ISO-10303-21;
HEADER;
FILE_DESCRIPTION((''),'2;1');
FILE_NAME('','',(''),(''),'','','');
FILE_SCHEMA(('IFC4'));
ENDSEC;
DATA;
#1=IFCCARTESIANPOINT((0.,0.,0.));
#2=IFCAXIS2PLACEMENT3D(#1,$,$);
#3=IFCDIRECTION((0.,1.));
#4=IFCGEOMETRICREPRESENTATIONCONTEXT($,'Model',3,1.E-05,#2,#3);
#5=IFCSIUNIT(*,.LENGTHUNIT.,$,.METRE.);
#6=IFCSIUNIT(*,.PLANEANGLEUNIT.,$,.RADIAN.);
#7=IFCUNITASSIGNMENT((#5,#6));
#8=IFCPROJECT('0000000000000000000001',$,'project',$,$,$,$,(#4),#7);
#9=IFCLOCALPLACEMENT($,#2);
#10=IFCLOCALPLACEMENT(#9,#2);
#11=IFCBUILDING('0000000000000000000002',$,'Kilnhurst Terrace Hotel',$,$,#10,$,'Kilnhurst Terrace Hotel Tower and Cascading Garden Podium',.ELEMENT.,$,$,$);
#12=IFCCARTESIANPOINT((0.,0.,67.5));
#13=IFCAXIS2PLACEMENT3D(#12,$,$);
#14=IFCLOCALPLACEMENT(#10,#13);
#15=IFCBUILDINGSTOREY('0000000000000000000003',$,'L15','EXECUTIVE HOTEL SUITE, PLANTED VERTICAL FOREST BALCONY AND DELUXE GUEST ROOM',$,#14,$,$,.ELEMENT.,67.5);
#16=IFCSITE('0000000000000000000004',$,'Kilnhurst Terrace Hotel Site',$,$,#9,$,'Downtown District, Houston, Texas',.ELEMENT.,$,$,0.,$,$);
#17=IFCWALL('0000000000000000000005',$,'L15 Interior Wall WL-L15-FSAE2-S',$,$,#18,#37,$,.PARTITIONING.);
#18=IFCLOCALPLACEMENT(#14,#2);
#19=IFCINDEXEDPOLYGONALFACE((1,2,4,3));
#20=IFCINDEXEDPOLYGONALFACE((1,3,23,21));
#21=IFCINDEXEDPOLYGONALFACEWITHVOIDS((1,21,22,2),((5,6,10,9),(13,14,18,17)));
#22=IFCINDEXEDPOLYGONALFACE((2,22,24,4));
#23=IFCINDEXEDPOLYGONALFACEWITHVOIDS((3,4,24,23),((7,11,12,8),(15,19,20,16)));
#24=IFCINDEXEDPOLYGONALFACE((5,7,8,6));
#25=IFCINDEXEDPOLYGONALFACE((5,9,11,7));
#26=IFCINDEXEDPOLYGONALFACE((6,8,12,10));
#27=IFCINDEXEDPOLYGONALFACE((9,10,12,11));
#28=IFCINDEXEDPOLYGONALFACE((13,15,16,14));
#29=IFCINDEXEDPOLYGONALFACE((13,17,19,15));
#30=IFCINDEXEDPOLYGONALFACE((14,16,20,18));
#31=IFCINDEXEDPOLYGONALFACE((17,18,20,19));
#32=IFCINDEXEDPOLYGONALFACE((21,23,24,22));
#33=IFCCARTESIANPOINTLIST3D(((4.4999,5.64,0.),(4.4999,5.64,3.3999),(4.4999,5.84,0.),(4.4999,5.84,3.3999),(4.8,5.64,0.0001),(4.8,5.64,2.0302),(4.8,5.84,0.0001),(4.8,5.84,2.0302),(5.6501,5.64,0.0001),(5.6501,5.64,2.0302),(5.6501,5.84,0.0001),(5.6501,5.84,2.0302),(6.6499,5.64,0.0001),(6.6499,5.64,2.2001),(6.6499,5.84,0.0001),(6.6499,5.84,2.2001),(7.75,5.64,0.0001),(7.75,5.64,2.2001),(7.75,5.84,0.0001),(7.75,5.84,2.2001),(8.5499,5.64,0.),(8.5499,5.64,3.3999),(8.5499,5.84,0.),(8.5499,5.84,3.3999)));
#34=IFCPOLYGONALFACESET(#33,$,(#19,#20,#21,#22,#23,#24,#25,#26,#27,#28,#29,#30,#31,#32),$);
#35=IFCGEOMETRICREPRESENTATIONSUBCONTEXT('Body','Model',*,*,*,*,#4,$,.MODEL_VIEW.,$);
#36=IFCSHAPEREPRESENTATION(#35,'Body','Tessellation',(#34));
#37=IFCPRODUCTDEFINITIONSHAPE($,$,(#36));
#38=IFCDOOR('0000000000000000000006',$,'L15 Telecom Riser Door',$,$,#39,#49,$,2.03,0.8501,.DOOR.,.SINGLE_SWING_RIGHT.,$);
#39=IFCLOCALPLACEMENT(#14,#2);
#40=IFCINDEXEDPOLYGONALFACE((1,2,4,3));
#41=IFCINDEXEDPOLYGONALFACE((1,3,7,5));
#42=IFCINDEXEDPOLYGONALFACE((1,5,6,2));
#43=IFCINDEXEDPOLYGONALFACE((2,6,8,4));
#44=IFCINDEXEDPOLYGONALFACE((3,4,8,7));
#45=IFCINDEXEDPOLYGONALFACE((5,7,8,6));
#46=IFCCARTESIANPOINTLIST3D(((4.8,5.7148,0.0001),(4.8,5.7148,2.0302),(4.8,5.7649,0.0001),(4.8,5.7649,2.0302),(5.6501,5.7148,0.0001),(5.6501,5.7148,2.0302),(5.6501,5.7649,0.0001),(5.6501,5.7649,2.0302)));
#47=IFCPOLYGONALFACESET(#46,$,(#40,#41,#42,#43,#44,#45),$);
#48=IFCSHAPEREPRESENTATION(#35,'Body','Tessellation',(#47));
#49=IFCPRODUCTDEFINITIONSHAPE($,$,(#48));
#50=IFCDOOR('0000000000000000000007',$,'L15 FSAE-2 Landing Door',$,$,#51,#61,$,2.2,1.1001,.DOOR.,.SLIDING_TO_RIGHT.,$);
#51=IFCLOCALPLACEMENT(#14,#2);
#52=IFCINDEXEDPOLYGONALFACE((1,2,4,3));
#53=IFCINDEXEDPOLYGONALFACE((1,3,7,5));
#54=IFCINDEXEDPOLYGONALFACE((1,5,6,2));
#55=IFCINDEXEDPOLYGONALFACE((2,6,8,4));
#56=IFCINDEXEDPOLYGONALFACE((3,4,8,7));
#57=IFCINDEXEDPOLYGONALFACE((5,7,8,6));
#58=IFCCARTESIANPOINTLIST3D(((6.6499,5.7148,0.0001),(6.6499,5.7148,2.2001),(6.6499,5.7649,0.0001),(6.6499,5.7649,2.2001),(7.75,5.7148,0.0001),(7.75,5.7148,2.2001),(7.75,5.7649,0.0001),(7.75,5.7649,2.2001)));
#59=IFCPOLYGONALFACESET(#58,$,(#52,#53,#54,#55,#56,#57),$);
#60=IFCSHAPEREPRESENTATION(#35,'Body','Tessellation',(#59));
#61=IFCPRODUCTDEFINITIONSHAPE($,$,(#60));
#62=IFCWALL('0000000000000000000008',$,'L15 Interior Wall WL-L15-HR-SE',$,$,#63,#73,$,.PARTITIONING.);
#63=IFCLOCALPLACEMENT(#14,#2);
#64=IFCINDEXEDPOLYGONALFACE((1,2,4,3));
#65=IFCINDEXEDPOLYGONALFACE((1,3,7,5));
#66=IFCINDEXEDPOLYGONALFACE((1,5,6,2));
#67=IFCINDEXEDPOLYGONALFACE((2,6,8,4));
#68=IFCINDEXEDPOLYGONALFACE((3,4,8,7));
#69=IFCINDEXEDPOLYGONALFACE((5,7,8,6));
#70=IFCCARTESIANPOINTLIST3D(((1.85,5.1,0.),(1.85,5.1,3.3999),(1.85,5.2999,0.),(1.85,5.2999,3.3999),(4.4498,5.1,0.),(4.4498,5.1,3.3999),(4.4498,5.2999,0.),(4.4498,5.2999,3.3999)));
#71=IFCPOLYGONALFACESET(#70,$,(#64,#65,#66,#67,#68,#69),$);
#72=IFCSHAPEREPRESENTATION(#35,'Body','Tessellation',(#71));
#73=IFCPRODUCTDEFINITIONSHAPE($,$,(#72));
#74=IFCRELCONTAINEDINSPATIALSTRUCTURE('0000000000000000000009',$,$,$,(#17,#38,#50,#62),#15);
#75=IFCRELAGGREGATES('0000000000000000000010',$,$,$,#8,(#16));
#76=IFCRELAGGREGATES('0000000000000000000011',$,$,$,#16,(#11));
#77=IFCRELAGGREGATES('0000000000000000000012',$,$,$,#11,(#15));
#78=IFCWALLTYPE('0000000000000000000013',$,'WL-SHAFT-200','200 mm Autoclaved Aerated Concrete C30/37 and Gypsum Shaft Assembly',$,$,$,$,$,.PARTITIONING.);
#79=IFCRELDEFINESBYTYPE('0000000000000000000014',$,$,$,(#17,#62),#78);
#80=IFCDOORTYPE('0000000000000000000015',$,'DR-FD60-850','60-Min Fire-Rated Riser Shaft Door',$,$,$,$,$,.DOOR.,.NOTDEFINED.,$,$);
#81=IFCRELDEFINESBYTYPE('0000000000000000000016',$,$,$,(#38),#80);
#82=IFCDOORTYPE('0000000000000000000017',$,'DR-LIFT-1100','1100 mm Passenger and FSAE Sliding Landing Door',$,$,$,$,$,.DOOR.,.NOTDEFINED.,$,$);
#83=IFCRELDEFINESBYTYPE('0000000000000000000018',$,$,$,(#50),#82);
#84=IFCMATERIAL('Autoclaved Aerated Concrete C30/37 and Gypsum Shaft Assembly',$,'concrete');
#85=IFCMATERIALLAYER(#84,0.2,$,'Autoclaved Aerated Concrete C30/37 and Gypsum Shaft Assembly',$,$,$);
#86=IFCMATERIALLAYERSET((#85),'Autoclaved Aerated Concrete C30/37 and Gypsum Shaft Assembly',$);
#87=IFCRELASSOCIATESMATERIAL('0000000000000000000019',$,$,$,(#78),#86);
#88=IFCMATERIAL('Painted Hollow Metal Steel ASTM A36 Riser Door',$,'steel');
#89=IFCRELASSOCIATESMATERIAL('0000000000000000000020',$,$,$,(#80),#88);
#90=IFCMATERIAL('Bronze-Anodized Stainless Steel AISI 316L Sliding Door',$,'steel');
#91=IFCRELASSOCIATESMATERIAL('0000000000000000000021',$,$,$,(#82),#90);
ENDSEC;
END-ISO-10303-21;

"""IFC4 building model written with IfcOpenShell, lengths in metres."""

from ifc_helpers import new_model, si_unit, direction, frame, frame_2d, origin, place, context, subcontext, project, spatial, rectangle, extrude, material, layer, layer_set, type_object, element, fill, save


model = new_model("IFC4")

# Units and contexts
model_context = context("Model", 3, precision=1e-05, world=origin(), true_north=direction((0.0, 1.0)))
body_context = subcontext(model_context, "Body", "Model", "MODEL_VIEW")
ifc_project = project(units=[si_unit("LENGTHUNIT", "METRE"), si_unit("PLANEANGLEUNIT", "RADIAN")], contexts=[model_context])

# Site, building, storey
site_placement = place(None, origin())
site = spatial("IfcSite", under=ifc_project, at=site_placement, Name="Kilnhurst Terrace Hotel Site", LongName="Downtown District, Houston, Texas", CompositionType="ELEMENT", RefElevation=0.0)
building_placement = place(site_placement, origin())
building = spatial("IfcBuilding", under=site, at=building_placement, Name="Kilnhurst Terrace Hotel", LongName="Kilnhurst Terrace Hotel Tower and Cascading Garden Podium", CompositionType="ELEMENT")
storey_placement = place(building_placement, frame((0.0, 0.0, 67.5)))
storey = spatial("IfcBuildingStorey", under=building, at=storey_placement, Name="L15", Description="EXECUTIVE HOTEL SUITE, PLANTED VERTICAL FOREST BALCONY AND DELUXE GUEST ROOM", CompositionType="ELEMENT", Elevation=67.5)

# Wall, openings, doors
ifc_material_1 = material(Name="Autoclaved Aerated Concrete C30/37 and Gypsum Shaft Assembly", Category="concrete")
ifc_layer_1 = layer(ifc_material_1, 0.2, Name="Autoclaved Aerated Concrete C30/37 and Gypsum Shaft Assembly")
ifc_layer_set_1 = layer_set([ifc_layer_1], Name="Autoclaved Aerated Concrete C30/37 and Gypsum Shaft Assembly")
wall_type_1 = type_object("IfcWallType", Name="WL-SHAFT-200", Description="200 mm Autoclaved Aerated Concrete C30/37 and Gypsum Shaft Assembly", PredefinedType="PARTITIONING", material=ifc_layer_set_1)
wall_1_placement = place(storey_placement, frame((4.5, 5.74, 0.0), z_axis=(0.0, 0.0, 1.0), x_axis=(1.0, 0.0, 0.0)))
wall_1 = element("IfcWall", 1, at=wall_1_placement, inside=storey, type_object=wall_type_1, Name="L15 Interior Wall WL-L15-FSAE2-S", PredefinedType="PARTITIONING", context=body_context, shape_type="SweptSolid", body=[
    extrude(rectangle(XDim=4.05, YDim=0.2, at=frame_2d((2.0249, 0.0))), origin(), (0.0, 0.0, 1.0), 3.3999),
])
opening_1_placement = place(wall_1_placement, frame((0.3, 0.0, 0.0)))
opening_1 = element("IfcOpeningElement", 2, at=opening_1_placement, cuts=wall_1, PredefinedType="OPENING", context=body_context, shape_type="SweptSolid", body=[
    extrude(rectangle(XDim=0.8501, YDim=2.03, at=frame_2d((0.425, 1.0151))), frame((0.0, 0.1099, 0.0), z_axis=(0.0, -1.0, 0.0), x_axis=(1.0, 0.0, 0.0)), (0.0, 0.0, 1.0), 0.22),
])
opening_2_placement = place(wall_1_placement, frame((2.1499, 0.0, 0.0)))
opening_2 = element("IfcOpeningElement", 3, at=opening_2_placement, cuts=wall_1, PredefinedType="OPENING", context=body_context, shape_type="SweptSolid", body=[
    extrude(rectangle(XDim=1.1001, YDim=2.2, at=frame_2d((0.55, 1.1001))), frame((0.0, 0.1099, 0.0), z_axis=(0.0, -1.0, 0.0), x_axis=(1.0, 0.0, 0.0)), (0.0, 0.0, 1.0), 0.22),
])
ifc_material_2 = material(Name="Painted Hollow Metal Steel ASTM A36 Riser Door", Category="steel")
door_type_1 = type_object("IfcDoorType", Name="DR-FD60-850", Description="60-Min Fire-Rated Riser Shaft Door", OperationType="NOTDEFINED", PredefinedType="DOOR", material=ifc_material_2)
door_1_placement = place(opening_1_placement, origin())
door_1 = element("IfcDoor", 4, at=door_1_placement, inside=storey, type_object=door_type_1, Name="L15 Telecom Riser Door", OperationType="SINGLE_SWING_RIGHT", OverallHeight=2.03, OverallWidth=0.8501, PredefinedType="DOOR", context=body_context, shape_type="SweptSolid", body=[
    extrude(rectangle(XDim=0.8501, YDim=2.03, at=frame_2d((0.425, 1.0151))), frame((0.0, 0.0249, 0.0), z_axis=(0.0, -1.0, 0.0), x_axis=(1.0, 0.0, 0.0)), (0.0, 0.0, 1.0), 0.05),
])
fill(opening_1, door_1)
ifc_material_3 = material(Name="Bronze-Anodized Stainless Steel AISI 316L Sliding Door", Category="steel")
door_type_2 = type_object("IfcDoorType", Name="DR-LIFT-1100", Description="1100 mm Passenger and FSAE Sliding Landing Door", OperationType="NOTDEFINED", PredefinedType="DOOR", material=ifc_material_3)
door_2_placement = place(opening_2_placement, origin())
door_2 = element("IfcDoor", 5, at=door_2_placement, inside=storey, type_object=door_type_2, Name="L15 FSAE-2 Landing Door", OperationType="SLIDING_TO_RIGHT", OverallHeight=2.2, OverallWidth=1.1001, PredefinedType="DOOR", context=body_context, shape_type="SweptSolid", body=[
    extrude(rectangle(XDim=1.1001, YDim=2.2, at=frame_2d((0.55, 1.1001))), frame((0.0, 0.0249, 0.0), z_axis=(0.0, -1.0, 0.0), x_axis=(1.0, 0.0, 0.0)), (0.0, 0.0, 1.0), 0.05),
])
fill(opening_2, door_2)

# Wall
wall_2_placement = place(storey_placement, frame((1.8501, 5.2, 0.0), z_axis=(0.0, 0.0, 1.0), x_axis=(1.0, 0.0, 0.0)))
element("IfcWall", 6, at=wall_2_placement, inside=storey, type_object=wall_type_1, Name="L15 Interior Wall WL-L15-HR-SE", PredefinedType="PARTITIONING", context=body_context, shape_type="SweptSolid", body=[
    extrude(rectangle(XDim=2.5999, YDim=0.2, at=frame_2d((1.2998, 0.0))), origin(), (0.0, 0.0, 1.0), 3.3999),
])

save(model, "model.ifc")
